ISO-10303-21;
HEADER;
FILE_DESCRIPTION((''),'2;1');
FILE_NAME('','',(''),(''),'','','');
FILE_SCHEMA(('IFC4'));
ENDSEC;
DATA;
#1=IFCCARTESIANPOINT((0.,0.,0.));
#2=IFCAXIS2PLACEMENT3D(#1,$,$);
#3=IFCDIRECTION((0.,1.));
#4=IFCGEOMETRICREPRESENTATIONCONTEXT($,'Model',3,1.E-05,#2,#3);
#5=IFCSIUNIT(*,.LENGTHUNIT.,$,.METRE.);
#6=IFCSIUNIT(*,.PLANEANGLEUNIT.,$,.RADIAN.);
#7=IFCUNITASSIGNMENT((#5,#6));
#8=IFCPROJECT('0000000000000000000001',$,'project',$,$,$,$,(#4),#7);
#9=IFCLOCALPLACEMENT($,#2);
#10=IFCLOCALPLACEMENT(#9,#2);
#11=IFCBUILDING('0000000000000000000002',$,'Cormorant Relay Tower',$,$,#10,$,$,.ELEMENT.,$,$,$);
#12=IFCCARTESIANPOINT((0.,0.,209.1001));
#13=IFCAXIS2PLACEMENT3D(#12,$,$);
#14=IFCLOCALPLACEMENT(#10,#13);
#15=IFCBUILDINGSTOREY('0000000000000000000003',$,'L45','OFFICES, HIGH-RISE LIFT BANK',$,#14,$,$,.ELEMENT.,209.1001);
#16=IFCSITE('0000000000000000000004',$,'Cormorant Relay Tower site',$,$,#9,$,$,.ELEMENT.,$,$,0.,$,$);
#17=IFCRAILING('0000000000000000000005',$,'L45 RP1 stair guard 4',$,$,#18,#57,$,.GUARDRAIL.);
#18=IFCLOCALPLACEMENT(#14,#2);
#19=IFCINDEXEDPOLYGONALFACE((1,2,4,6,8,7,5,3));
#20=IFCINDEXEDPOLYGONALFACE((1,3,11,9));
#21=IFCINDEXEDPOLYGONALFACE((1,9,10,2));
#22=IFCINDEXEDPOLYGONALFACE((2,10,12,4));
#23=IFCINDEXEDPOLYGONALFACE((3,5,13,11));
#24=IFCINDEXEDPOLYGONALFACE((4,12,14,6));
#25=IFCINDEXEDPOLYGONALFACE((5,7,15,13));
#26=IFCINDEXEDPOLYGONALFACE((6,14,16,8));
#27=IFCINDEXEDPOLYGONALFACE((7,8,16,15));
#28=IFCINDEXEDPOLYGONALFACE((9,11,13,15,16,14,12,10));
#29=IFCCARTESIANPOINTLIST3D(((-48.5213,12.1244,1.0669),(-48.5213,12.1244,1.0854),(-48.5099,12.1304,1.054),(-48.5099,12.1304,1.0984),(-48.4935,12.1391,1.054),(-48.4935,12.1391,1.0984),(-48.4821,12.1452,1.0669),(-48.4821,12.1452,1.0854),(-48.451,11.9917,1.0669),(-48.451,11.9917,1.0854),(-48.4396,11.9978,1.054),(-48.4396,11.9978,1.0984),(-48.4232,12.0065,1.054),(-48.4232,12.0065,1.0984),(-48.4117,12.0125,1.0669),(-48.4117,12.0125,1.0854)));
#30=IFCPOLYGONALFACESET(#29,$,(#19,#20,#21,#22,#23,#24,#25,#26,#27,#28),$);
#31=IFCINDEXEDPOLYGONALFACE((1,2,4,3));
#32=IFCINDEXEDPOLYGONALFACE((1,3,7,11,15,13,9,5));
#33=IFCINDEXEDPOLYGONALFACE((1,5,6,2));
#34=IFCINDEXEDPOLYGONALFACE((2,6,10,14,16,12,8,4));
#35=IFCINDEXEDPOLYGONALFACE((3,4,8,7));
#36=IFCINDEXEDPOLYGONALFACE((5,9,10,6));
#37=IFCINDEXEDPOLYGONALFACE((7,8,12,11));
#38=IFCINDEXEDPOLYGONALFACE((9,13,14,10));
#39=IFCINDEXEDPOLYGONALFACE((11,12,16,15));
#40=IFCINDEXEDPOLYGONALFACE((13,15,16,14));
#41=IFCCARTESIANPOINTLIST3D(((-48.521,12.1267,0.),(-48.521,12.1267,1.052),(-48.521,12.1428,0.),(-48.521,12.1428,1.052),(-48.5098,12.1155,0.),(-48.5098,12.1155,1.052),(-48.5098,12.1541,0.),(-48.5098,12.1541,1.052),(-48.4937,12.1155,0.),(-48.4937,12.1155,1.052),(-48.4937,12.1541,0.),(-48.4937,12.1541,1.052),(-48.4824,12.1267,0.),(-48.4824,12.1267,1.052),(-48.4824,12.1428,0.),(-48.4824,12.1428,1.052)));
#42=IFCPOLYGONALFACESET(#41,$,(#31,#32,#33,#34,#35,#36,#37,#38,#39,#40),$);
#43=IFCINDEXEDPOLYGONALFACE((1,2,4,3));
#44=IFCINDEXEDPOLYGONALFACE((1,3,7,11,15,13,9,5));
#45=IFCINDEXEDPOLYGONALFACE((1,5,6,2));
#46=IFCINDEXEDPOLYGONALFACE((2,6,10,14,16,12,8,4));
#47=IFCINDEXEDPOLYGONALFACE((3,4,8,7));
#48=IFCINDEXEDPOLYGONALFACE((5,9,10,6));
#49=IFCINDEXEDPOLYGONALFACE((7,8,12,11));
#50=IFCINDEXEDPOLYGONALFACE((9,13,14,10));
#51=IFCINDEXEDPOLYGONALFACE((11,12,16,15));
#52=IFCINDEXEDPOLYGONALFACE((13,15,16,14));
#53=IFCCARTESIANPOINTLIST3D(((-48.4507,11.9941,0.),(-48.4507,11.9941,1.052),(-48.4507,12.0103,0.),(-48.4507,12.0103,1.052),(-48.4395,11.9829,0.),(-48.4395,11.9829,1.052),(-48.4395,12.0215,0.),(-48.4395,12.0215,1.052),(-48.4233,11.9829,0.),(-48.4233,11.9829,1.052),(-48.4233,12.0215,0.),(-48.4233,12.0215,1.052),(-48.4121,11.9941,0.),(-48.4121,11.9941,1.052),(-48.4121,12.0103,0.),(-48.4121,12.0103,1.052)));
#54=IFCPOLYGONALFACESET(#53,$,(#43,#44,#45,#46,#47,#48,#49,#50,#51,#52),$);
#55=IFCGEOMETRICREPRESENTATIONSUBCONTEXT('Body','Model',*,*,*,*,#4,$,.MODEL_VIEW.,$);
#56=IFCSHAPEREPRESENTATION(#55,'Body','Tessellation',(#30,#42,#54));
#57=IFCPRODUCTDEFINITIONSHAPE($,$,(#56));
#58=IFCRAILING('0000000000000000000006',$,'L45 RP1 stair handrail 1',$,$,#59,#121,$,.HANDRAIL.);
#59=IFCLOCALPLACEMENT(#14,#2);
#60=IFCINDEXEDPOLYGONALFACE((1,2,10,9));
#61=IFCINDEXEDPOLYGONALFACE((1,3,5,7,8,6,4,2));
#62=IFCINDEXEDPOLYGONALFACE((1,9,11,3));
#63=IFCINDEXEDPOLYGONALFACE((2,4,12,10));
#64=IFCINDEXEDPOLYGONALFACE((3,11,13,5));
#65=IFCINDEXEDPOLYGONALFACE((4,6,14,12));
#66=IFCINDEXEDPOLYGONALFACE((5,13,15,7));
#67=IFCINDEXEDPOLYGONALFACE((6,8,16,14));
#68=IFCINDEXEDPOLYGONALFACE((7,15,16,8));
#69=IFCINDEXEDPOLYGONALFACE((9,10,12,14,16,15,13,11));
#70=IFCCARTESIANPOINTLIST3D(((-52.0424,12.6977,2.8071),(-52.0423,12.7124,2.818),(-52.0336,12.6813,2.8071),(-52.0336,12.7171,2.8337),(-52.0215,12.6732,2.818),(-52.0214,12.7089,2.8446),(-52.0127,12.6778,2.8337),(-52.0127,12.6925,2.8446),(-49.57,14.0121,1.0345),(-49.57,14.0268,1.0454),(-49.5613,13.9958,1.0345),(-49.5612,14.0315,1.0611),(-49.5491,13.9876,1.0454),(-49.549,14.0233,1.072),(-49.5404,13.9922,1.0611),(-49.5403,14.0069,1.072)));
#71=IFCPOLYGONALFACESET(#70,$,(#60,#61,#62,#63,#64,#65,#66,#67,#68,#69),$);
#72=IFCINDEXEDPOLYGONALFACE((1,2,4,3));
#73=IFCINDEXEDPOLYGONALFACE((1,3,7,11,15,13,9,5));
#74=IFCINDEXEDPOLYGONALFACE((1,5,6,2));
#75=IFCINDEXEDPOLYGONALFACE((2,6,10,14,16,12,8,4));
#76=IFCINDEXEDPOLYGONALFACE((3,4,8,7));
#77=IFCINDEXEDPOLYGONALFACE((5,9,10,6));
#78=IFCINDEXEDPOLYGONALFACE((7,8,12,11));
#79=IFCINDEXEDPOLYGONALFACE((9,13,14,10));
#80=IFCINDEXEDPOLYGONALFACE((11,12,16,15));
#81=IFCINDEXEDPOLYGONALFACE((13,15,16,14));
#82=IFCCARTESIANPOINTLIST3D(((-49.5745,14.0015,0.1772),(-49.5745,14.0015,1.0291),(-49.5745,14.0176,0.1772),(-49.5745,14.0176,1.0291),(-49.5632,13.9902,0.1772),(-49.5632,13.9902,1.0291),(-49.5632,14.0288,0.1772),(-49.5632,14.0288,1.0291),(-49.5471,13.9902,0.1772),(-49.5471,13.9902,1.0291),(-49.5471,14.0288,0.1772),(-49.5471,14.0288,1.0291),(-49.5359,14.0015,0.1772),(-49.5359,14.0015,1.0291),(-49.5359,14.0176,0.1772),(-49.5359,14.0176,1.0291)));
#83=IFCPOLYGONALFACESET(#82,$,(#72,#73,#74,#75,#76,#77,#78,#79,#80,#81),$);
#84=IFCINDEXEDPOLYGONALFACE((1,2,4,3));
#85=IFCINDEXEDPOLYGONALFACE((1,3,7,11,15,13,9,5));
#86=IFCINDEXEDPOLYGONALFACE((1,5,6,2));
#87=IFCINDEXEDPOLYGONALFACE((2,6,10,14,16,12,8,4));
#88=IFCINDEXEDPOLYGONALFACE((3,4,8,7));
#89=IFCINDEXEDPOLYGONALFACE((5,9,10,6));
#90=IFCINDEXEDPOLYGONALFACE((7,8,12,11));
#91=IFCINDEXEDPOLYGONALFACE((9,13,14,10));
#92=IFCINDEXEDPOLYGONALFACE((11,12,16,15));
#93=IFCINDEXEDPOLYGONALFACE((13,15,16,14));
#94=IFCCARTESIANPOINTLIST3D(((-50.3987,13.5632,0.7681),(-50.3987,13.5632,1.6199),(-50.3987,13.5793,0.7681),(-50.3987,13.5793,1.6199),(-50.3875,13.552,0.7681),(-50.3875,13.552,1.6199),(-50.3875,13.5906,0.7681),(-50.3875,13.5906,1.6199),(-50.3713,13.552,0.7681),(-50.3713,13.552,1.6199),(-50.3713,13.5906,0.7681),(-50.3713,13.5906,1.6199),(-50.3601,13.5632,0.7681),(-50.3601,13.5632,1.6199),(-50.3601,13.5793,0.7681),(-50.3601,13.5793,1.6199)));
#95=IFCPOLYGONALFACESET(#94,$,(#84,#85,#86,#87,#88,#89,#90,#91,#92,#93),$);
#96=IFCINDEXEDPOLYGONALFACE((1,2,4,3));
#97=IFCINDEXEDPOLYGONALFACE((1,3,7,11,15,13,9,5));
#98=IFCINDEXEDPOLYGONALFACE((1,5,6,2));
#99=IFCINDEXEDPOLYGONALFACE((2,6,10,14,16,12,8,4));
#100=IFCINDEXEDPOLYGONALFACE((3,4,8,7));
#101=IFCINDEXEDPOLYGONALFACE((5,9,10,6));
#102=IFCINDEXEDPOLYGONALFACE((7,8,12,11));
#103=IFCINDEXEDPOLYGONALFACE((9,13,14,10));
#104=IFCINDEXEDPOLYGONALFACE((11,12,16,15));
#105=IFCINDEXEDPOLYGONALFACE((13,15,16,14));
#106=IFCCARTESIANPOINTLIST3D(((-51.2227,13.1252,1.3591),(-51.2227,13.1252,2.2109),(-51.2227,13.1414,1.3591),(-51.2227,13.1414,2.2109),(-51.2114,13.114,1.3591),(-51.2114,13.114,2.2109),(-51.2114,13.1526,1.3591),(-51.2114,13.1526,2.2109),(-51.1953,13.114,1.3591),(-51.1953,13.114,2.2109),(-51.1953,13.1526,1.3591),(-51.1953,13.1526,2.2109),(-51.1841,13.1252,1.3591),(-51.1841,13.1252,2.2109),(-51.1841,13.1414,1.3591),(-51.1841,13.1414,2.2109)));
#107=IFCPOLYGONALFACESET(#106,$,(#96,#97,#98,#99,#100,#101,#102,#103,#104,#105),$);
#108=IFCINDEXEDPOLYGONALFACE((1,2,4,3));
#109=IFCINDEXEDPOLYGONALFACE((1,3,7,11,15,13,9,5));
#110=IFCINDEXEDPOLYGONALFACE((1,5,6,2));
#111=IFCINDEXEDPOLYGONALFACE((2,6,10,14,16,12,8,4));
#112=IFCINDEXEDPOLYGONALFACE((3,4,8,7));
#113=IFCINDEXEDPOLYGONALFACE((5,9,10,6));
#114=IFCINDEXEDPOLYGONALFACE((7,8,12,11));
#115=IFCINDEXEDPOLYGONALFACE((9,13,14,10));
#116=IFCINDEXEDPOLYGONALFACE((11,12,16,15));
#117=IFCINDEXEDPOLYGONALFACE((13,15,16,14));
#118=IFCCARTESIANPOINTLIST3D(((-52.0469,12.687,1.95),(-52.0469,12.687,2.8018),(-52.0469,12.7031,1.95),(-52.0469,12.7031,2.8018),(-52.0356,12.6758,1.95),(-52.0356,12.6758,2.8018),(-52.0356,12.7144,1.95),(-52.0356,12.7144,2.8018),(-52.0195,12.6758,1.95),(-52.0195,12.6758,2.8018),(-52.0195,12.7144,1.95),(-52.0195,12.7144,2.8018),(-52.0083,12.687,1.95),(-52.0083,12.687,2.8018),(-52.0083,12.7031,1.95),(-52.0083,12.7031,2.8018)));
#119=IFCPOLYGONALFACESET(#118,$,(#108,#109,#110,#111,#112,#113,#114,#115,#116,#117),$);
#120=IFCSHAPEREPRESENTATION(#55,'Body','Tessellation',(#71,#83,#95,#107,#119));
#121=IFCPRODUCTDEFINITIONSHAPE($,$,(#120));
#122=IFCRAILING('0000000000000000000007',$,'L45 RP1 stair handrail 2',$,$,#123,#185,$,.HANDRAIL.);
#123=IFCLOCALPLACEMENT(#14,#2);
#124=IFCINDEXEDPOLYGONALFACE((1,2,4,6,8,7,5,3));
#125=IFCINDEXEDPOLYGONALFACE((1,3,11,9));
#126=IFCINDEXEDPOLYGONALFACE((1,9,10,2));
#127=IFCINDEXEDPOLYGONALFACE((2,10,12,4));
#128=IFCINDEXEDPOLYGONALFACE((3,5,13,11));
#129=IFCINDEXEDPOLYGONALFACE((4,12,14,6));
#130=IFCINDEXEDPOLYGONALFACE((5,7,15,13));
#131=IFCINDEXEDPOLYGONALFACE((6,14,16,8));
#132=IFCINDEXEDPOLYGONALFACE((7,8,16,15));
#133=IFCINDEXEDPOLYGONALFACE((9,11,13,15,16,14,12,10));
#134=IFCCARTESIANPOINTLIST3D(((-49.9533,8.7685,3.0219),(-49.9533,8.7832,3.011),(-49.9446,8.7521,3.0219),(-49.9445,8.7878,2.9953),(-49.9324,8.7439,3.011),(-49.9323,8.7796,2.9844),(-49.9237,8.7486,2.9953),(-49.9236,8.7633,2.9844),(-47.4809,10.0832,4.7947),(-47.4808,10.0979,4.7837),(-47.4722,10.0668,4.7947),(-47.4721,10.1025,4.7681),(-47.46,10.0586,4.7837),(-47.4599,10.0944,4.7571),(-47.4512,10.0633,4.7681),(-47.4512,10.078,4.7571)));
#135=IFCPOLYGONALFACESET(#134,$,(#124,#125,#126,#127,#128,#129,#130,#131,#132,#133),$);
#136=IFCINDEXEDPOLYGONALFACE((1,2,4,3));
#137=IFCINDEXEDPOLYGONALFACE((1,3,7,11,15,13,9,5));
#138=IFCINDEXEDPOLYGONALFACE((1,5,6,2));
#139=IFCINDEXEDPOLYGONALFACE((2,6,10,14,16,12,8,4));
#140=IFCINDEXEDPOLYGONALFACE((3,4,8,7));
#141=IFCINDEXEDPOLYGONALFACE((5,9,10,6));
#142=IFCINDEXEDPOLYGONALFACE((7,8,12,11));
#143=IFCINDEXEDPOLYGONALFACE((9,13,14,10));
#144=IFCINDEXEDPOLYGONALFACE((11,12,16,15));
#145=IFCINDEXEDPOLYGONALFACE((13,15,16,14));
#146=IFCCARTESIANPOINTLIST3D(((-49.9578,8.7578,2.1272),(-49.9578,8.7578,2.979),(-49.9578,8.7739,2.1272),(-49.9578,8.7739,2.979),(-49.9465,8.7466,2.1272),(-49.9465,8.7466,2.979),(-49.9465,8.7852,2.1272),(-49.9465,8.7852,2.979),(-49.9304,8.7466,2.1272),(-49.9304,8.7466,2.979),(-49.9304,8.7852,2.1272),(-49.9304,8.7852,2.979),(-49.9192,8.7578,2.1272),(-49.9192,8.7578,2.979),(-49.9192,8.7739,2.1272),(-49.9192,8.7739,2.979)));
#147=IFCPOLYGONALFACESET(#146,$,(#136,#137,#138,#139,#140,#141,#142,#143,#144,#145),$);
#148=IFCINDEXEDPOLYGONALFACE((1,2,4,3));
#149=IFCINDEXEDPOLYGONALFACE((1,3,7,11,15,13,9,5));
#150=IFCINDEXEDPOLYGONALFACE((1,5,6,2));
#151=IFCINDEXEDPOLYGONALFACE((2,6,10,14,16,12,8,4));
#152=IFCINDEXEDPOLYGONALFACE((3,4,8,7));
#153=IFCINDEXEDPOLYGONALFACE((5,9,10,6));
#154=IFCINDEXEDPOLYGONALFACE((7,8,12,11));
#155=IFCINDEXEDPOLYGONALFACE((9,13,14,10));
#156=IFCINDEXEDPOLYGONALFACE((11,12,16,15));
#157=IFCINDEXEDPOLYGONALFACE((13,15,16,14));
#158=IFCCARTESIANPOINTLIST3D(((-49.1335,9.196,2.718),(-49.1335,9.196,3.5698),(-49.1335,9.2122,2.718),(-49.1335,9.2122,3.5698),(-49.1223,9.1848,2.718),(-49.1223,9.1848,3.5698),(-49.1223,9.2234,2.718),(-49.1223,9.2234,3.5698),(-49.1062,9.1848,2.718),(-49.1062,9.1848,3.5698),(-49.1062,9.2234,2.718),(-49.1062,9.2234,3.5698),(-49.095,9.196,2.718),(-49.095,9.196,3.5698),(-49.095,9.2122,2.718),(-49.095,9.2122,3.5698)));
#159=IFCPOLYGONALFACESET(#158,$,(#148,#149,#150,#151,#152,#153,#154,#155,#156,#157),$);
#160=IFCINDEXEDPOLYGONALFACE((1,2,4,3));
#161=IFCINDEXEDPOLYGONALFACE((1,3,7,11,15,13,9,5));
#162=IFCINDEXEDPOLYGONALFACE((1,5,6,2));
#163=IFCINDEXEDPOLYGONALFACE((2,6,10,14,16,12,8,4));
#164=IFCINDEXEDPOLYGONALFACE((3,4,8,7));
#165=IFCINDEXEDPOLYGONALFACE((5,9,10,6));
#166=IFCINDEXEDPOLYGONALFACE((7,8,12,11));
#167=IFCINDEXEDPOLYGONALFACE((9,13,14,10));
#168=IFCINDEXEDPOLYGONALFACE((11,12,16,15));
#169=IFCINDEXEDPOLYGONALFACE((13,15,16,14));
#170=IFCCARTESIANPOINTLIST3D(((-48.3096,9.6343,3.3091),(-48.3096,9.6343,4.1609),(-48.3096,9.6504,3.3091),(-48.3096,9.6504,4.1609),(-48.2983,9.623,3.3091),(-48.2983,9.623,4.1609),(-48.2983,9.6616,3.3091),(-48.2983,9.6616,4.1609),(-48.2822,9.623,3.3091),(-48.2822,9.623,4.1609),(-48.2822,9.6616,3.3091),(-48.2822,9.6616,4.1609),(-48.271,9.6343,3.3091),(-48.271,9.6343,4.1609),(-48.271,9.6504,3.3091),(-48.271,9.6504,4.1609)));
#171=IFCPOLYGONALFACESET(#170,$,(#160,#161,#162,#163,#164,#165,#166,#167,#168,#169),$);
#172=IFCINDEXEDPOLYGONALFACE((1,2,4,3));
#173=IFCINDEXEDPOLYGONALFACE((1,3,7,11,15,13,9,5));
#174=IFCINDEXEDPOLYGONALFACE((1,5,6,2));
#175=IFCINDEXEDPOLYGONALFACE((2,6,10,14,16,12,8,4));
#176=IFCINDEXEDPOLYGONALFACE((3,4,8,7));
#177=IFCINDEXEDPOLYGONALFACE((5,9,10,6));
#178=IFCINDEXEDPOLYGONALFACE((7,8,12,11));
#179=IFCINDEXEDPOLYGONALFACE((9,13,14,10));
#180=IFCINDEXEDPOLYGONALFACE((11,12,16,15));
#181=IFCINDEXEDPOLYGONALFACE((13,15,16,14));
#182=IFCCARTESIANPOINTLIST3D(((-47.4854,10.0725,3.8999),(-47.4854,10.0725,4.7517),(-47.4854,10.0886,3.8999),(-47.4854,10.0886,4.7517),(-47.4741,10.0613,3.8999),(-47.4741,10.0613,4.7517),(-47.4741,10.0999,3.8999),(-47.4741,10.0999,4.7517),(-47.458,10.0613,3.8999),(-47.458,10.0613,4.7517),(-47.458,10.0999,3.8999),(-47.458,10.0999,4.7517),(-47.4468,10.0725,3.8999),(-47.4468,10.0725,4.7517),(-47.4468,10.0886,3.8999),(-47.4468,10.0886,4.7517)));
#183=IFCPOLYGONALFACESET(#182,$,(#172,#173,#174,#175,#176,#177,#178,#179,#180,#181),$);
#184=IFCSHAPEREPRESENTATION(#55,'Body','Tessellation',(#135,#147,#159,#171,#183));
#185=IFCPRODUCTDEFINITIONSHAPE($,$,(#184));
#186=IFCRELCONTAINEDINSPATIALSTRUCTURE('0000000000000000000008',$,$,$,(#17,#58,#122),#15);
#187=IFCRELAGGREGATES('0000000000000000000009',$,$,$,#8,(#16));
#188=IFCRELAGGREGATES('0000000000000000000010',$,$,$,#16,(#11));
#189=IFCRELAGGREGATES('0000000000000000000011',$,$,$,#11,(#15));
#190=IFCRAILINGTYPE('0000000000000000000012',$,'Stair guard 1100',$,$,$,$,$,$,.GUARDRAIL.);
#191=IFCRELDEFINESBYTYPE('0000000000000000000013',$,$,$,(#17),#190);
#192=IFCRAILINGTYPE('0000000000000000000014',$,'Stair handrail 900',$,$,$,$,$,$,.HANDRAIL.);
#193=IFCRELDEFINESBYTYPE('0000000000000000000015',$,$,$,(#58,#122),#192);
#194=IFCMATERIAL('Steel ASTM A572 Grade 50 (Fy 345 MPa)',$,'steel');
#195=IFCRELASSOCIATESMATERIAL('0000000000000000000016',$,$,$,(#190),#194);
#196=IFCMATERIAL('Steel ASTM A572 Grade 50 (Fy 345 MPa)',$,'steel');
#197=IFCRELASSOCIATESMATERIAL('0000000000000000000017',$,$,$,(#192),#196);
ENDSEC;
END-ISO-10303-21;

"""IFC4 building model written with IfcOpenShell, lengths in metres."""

from ifc_helpers import new_model, si_unit, direction, frame, origin, place, context, subcontext, project, spatial, polyline, outline, extrude, material, type_object, element, save


model = new_model("IFC4")

# Units and contexts
model_context = context("Model", 3, precision=1e-05, world=origin(), true_north=direction((0.0, 1.0)))
body_context = subcontext(model_context, "Body", "Model", "MODEL_VIEW")
ifc_project = project(units=[si_unit("LENGTHUNIT", "METRE"), si_unit("PLANEANGLEUNIT", "RADIAN")], contexts=[model_context])

# Site, building, storey
site_placement = place(None, origin())
site = spatial("IfcSite", under=ifc_project, at=site_placement, Name="Cormorant Relay Tower site", CompositionType="ELEMENT", RefElevation=0.0)
building_placement = place(site_placement, origin())
building = spatial("IfcBuilding", under=site, at=building_placement, Name="Cormorant Relay Tower", CompositionType="ELEMENT")
storey_placement = place(building_placement, frame((0.0, 0.0, 209.1001)))
storey = spatial("IfcBuildingStorey", under=building, at=storey_placement, Name="L45", Description="OFFICES, HIGH-RISE LIFT BANK", CompositionType="ELEMENT", Elevation=209.1001)

# Railings
ifc_material_1 = material(Name="Steel ASTM A572 Grade 50 (Fy 345 MPa)", Category="steel")
railing_type_1 = type_object("IfcRailingType", Name="Stair guard 1100", PredefinedType="GUARDRAIL", material=ifc_material_1)
railing_1_placement = place(storey_placement, frame((-48.5017, 12.1348, 0.0)))
element("IfcRailing", 1, at=railing_1_placement, inside=storey, type_object=railing_type_1, Name="L45 RP1 stair guard 4", PredefinedType="GUARDRAIL", context=body_context, shape_type="SweptSolid", body=[
    extrude(outline(polyline([(0.0222, 0.0093), (0.0093, 0.0222), (-0.0093, 0.0222), (-0.0222, 0.0093), (-0.0222, -0.0093), (-0.0093, -0.0222), (0.0093, -0.0222), (0.0222, -0.0093), (0.0222, 0.0093)])), frame((0.0, 0.0, 1.0762), z_axis=(0.46856, -0.883431, 0.0), x_axis=(0.883431, 0.46856, 0.0)), (0.0, 0.0, 1.0), 0.1501),
    extrude(outline(polyline([(0.0193, 0.0081), (0.0081, 0.0193), (-0.0081, 0.0193), (-0.0193, 0.0081), (-0.0193, -0.0081), (-0.0081, -0.0193), (0.0081, -0.0193), (0.0193, -0.0081), (0.0193, 0.0081)])), origin(), (0.0, 0.0, 1.0), 1.052),
    extrude(outline(polyline([(0.0193, 0.0081), (0.0081, 0.0193), (-0.0081, 0.0193), (-0.0193, 0.0081), (-0.0193, -0.0081), (-0.0081, -0.0193), (0.0081, -0.0193), (0.0193, -0.0081), (0.0193, 0.0081)])), frame((0.0703, -0.1326, 0.0)), (0.0, 0.0, 1.0), 1.052),
])
ifc_material_2 = material(Name="Steel ASTM A572 Grade 50 (Fy 345 MPa)", Category="steel")
railing_type_2 = type_object("IfcRailingType", Name="Stair handrail 900", PredefinedType="HANDRAIL", material=ifc_material_2)
railing_2_placement = place(storey_placement, frame((-49.5552, 14.0095, 0.1772)))
element("IfcRailing", 2, at=railing_2_placement, inside=storey, type_object=railing_type_2, Name="L45 RP1 stair handrail 1", PredefinedType="HANDRAIL", context=body_context, shape_type="SweptSolid", body=[
    extrude(outline(polyline([(0.0222, 0.0093), (0.0093, 0.0222), (-0.0093, 0.0222), (-0.0222, 0.0093), (-0.0222, -0.0093), (-0.0093, -0.0222), (0.0093, -0.0222), (0.0222, -0.0093), (0.0222, 0.0093)])), frame((0.0, 0.0, 0.876), z_axis=(-0.746034, -0.396627, 0.534902), x_axis=(0.469429, -0.88297, 0.0)), (0.0, 0.0, 1.0), 3.314),
    extrude(outline(polyline([(0.0193, 0.0081), (0.0081, 0.0193), (-0.0081, 0.0193), (-0.0193, 0.0081), (-0.0193, -0.0081), (-0.0081, -0.0193), (0.0081, -0.0193), (0.0193, -0.0081), (0.0193, 0.0081)])), origin(), (0.0, 0.0, 1.0), 0.8518),
    extrude(outline(polyline([(0.0193, 0.0081), (0.0081, 0.0193), (-0.0081, 0.0193), (-0.0193, 0.0081), (-0.0193, -0.0081), (-0.0081, -0.0193), (0.0081, -0.0193), (0.0193, -0.0081), (0.0193, 0.0081)])), frame((-0.8242, -0.4382, 0.5908)), (0.0, 0.0, 1.0), 0.8518),
    extrude(outline(polyline([(0.0193, 0.0081), (0.0081, 0.0193), (-0.0081, 0.0193), (-0.0193, 0.0081), (-0.0193, -0.0081), (-0.0081, -0.0193), (0.0081, -0.0193), (0.0193, -0.0081), (0.0193, 0.0081)])), frame((-1.6482, -0.8762, 1.1819)), (0.0, 0.0, 1.0), 0.8518),
    extrude(outline(polyline([(0.0193, 0.0081), (0.0081, 0.0193), (-0.0081, 0.0193), (-0.0193, 0.0081), (-0.0193, -0.0081), (-0.0081, -0.0193), (0.0081, -0.0193), (0.0193, -0.0081), (0.0193, 0.0081)])), frame((-2.4724, -1.3145, 1.7727)), (0.0, 0.0, 1.0), 0.8518),
])
railing_3_placement = place(storey_placement, frame((-49.9385, 8.7659, 2.1272)))
element("IfcRailing", 3, at=railing_3_placement, inside=storey, type_object=railing_type_2, Name="L45 RP1 stair handrail 2", PredefinedType="HANDRAIL", context=body_context, shape_type="SweptSolid", body=[
    extrude(outline(polyline([(0.0222, 0.0093), (0.0093, 0.0222), (-0.0093, 0.0222), (-0.0222, 0.0093), (-0.0222, -0.0093), (-0.0093, -0.0222), (0.0093, -0.0222), (0.0222, -0.0093), (0.0222, 0.0093)])), frame((0.0, 0.0, 0.876), z_axis=(0.746012, 0.39669, 0.534886), x_axis=(-0.469497, 0.882934, 0.0)), (0.0, 0.0, 1.0), 3.3142),
    extrude(outline(polyline([(0.0193, 0.0081), (0.0081, 0.0193), (-0.0081, 0.0193), (-0.0193, 0.0081), (-0.0193, -0.0081), (-0.0081, -0.0193), (0.0081, -0.0193), (0.0193, -0.0081), (0.0193, 0.0081)])), origin(), (0.0, 0.0, 1.0), 0.8518),
    extrude(outline(polyline([(0.0193, 0.0081), (0.0081, 0.0193), (-0.0081, 0.0193), (-0.0193, 0.0081), (-0.0193, -0.0081), (-0.0081, -0.0193), (0.0081, -0.0193), (0.0193, -0.0081), (0.0193, 0.0081)])), frame((0.8242, 0.4382, 0.5908)), (0.0, 0.0, 1.0), 0.8518),
    extrude(outline(polyline([(0.0193, 0.0081), (0.0081, 0.0193), (-0.0081, 0.0193), (-0.0193, 0.0081), (-0.0193, -0.0081), (-0.0081, -0.0193), (0.0081, -0.0193), (0.0193, -0.0081), (0.0193, 0.0081)])), frame((1.6482, 0.8765, 1.1819)), (0.0, 0.0, 1.0), 0.8518),
    extrude(outline(polyline([(0.0193, 0.0081), (0.0081, 0.0193), (-0.0081, 0.0193), (-0.0193, 0.0081), (-0.0193, -0.0081), (-0.0081, -0.0193), (0.0081, -0.0193), (0.0193, -0.0081), (0.0193, 0.0081)])), frame((2.4724, 1.3147, 1.7727)), (0.0, 0.0, 1.0), 0.8518),
])

save(model, "model.ifc")
